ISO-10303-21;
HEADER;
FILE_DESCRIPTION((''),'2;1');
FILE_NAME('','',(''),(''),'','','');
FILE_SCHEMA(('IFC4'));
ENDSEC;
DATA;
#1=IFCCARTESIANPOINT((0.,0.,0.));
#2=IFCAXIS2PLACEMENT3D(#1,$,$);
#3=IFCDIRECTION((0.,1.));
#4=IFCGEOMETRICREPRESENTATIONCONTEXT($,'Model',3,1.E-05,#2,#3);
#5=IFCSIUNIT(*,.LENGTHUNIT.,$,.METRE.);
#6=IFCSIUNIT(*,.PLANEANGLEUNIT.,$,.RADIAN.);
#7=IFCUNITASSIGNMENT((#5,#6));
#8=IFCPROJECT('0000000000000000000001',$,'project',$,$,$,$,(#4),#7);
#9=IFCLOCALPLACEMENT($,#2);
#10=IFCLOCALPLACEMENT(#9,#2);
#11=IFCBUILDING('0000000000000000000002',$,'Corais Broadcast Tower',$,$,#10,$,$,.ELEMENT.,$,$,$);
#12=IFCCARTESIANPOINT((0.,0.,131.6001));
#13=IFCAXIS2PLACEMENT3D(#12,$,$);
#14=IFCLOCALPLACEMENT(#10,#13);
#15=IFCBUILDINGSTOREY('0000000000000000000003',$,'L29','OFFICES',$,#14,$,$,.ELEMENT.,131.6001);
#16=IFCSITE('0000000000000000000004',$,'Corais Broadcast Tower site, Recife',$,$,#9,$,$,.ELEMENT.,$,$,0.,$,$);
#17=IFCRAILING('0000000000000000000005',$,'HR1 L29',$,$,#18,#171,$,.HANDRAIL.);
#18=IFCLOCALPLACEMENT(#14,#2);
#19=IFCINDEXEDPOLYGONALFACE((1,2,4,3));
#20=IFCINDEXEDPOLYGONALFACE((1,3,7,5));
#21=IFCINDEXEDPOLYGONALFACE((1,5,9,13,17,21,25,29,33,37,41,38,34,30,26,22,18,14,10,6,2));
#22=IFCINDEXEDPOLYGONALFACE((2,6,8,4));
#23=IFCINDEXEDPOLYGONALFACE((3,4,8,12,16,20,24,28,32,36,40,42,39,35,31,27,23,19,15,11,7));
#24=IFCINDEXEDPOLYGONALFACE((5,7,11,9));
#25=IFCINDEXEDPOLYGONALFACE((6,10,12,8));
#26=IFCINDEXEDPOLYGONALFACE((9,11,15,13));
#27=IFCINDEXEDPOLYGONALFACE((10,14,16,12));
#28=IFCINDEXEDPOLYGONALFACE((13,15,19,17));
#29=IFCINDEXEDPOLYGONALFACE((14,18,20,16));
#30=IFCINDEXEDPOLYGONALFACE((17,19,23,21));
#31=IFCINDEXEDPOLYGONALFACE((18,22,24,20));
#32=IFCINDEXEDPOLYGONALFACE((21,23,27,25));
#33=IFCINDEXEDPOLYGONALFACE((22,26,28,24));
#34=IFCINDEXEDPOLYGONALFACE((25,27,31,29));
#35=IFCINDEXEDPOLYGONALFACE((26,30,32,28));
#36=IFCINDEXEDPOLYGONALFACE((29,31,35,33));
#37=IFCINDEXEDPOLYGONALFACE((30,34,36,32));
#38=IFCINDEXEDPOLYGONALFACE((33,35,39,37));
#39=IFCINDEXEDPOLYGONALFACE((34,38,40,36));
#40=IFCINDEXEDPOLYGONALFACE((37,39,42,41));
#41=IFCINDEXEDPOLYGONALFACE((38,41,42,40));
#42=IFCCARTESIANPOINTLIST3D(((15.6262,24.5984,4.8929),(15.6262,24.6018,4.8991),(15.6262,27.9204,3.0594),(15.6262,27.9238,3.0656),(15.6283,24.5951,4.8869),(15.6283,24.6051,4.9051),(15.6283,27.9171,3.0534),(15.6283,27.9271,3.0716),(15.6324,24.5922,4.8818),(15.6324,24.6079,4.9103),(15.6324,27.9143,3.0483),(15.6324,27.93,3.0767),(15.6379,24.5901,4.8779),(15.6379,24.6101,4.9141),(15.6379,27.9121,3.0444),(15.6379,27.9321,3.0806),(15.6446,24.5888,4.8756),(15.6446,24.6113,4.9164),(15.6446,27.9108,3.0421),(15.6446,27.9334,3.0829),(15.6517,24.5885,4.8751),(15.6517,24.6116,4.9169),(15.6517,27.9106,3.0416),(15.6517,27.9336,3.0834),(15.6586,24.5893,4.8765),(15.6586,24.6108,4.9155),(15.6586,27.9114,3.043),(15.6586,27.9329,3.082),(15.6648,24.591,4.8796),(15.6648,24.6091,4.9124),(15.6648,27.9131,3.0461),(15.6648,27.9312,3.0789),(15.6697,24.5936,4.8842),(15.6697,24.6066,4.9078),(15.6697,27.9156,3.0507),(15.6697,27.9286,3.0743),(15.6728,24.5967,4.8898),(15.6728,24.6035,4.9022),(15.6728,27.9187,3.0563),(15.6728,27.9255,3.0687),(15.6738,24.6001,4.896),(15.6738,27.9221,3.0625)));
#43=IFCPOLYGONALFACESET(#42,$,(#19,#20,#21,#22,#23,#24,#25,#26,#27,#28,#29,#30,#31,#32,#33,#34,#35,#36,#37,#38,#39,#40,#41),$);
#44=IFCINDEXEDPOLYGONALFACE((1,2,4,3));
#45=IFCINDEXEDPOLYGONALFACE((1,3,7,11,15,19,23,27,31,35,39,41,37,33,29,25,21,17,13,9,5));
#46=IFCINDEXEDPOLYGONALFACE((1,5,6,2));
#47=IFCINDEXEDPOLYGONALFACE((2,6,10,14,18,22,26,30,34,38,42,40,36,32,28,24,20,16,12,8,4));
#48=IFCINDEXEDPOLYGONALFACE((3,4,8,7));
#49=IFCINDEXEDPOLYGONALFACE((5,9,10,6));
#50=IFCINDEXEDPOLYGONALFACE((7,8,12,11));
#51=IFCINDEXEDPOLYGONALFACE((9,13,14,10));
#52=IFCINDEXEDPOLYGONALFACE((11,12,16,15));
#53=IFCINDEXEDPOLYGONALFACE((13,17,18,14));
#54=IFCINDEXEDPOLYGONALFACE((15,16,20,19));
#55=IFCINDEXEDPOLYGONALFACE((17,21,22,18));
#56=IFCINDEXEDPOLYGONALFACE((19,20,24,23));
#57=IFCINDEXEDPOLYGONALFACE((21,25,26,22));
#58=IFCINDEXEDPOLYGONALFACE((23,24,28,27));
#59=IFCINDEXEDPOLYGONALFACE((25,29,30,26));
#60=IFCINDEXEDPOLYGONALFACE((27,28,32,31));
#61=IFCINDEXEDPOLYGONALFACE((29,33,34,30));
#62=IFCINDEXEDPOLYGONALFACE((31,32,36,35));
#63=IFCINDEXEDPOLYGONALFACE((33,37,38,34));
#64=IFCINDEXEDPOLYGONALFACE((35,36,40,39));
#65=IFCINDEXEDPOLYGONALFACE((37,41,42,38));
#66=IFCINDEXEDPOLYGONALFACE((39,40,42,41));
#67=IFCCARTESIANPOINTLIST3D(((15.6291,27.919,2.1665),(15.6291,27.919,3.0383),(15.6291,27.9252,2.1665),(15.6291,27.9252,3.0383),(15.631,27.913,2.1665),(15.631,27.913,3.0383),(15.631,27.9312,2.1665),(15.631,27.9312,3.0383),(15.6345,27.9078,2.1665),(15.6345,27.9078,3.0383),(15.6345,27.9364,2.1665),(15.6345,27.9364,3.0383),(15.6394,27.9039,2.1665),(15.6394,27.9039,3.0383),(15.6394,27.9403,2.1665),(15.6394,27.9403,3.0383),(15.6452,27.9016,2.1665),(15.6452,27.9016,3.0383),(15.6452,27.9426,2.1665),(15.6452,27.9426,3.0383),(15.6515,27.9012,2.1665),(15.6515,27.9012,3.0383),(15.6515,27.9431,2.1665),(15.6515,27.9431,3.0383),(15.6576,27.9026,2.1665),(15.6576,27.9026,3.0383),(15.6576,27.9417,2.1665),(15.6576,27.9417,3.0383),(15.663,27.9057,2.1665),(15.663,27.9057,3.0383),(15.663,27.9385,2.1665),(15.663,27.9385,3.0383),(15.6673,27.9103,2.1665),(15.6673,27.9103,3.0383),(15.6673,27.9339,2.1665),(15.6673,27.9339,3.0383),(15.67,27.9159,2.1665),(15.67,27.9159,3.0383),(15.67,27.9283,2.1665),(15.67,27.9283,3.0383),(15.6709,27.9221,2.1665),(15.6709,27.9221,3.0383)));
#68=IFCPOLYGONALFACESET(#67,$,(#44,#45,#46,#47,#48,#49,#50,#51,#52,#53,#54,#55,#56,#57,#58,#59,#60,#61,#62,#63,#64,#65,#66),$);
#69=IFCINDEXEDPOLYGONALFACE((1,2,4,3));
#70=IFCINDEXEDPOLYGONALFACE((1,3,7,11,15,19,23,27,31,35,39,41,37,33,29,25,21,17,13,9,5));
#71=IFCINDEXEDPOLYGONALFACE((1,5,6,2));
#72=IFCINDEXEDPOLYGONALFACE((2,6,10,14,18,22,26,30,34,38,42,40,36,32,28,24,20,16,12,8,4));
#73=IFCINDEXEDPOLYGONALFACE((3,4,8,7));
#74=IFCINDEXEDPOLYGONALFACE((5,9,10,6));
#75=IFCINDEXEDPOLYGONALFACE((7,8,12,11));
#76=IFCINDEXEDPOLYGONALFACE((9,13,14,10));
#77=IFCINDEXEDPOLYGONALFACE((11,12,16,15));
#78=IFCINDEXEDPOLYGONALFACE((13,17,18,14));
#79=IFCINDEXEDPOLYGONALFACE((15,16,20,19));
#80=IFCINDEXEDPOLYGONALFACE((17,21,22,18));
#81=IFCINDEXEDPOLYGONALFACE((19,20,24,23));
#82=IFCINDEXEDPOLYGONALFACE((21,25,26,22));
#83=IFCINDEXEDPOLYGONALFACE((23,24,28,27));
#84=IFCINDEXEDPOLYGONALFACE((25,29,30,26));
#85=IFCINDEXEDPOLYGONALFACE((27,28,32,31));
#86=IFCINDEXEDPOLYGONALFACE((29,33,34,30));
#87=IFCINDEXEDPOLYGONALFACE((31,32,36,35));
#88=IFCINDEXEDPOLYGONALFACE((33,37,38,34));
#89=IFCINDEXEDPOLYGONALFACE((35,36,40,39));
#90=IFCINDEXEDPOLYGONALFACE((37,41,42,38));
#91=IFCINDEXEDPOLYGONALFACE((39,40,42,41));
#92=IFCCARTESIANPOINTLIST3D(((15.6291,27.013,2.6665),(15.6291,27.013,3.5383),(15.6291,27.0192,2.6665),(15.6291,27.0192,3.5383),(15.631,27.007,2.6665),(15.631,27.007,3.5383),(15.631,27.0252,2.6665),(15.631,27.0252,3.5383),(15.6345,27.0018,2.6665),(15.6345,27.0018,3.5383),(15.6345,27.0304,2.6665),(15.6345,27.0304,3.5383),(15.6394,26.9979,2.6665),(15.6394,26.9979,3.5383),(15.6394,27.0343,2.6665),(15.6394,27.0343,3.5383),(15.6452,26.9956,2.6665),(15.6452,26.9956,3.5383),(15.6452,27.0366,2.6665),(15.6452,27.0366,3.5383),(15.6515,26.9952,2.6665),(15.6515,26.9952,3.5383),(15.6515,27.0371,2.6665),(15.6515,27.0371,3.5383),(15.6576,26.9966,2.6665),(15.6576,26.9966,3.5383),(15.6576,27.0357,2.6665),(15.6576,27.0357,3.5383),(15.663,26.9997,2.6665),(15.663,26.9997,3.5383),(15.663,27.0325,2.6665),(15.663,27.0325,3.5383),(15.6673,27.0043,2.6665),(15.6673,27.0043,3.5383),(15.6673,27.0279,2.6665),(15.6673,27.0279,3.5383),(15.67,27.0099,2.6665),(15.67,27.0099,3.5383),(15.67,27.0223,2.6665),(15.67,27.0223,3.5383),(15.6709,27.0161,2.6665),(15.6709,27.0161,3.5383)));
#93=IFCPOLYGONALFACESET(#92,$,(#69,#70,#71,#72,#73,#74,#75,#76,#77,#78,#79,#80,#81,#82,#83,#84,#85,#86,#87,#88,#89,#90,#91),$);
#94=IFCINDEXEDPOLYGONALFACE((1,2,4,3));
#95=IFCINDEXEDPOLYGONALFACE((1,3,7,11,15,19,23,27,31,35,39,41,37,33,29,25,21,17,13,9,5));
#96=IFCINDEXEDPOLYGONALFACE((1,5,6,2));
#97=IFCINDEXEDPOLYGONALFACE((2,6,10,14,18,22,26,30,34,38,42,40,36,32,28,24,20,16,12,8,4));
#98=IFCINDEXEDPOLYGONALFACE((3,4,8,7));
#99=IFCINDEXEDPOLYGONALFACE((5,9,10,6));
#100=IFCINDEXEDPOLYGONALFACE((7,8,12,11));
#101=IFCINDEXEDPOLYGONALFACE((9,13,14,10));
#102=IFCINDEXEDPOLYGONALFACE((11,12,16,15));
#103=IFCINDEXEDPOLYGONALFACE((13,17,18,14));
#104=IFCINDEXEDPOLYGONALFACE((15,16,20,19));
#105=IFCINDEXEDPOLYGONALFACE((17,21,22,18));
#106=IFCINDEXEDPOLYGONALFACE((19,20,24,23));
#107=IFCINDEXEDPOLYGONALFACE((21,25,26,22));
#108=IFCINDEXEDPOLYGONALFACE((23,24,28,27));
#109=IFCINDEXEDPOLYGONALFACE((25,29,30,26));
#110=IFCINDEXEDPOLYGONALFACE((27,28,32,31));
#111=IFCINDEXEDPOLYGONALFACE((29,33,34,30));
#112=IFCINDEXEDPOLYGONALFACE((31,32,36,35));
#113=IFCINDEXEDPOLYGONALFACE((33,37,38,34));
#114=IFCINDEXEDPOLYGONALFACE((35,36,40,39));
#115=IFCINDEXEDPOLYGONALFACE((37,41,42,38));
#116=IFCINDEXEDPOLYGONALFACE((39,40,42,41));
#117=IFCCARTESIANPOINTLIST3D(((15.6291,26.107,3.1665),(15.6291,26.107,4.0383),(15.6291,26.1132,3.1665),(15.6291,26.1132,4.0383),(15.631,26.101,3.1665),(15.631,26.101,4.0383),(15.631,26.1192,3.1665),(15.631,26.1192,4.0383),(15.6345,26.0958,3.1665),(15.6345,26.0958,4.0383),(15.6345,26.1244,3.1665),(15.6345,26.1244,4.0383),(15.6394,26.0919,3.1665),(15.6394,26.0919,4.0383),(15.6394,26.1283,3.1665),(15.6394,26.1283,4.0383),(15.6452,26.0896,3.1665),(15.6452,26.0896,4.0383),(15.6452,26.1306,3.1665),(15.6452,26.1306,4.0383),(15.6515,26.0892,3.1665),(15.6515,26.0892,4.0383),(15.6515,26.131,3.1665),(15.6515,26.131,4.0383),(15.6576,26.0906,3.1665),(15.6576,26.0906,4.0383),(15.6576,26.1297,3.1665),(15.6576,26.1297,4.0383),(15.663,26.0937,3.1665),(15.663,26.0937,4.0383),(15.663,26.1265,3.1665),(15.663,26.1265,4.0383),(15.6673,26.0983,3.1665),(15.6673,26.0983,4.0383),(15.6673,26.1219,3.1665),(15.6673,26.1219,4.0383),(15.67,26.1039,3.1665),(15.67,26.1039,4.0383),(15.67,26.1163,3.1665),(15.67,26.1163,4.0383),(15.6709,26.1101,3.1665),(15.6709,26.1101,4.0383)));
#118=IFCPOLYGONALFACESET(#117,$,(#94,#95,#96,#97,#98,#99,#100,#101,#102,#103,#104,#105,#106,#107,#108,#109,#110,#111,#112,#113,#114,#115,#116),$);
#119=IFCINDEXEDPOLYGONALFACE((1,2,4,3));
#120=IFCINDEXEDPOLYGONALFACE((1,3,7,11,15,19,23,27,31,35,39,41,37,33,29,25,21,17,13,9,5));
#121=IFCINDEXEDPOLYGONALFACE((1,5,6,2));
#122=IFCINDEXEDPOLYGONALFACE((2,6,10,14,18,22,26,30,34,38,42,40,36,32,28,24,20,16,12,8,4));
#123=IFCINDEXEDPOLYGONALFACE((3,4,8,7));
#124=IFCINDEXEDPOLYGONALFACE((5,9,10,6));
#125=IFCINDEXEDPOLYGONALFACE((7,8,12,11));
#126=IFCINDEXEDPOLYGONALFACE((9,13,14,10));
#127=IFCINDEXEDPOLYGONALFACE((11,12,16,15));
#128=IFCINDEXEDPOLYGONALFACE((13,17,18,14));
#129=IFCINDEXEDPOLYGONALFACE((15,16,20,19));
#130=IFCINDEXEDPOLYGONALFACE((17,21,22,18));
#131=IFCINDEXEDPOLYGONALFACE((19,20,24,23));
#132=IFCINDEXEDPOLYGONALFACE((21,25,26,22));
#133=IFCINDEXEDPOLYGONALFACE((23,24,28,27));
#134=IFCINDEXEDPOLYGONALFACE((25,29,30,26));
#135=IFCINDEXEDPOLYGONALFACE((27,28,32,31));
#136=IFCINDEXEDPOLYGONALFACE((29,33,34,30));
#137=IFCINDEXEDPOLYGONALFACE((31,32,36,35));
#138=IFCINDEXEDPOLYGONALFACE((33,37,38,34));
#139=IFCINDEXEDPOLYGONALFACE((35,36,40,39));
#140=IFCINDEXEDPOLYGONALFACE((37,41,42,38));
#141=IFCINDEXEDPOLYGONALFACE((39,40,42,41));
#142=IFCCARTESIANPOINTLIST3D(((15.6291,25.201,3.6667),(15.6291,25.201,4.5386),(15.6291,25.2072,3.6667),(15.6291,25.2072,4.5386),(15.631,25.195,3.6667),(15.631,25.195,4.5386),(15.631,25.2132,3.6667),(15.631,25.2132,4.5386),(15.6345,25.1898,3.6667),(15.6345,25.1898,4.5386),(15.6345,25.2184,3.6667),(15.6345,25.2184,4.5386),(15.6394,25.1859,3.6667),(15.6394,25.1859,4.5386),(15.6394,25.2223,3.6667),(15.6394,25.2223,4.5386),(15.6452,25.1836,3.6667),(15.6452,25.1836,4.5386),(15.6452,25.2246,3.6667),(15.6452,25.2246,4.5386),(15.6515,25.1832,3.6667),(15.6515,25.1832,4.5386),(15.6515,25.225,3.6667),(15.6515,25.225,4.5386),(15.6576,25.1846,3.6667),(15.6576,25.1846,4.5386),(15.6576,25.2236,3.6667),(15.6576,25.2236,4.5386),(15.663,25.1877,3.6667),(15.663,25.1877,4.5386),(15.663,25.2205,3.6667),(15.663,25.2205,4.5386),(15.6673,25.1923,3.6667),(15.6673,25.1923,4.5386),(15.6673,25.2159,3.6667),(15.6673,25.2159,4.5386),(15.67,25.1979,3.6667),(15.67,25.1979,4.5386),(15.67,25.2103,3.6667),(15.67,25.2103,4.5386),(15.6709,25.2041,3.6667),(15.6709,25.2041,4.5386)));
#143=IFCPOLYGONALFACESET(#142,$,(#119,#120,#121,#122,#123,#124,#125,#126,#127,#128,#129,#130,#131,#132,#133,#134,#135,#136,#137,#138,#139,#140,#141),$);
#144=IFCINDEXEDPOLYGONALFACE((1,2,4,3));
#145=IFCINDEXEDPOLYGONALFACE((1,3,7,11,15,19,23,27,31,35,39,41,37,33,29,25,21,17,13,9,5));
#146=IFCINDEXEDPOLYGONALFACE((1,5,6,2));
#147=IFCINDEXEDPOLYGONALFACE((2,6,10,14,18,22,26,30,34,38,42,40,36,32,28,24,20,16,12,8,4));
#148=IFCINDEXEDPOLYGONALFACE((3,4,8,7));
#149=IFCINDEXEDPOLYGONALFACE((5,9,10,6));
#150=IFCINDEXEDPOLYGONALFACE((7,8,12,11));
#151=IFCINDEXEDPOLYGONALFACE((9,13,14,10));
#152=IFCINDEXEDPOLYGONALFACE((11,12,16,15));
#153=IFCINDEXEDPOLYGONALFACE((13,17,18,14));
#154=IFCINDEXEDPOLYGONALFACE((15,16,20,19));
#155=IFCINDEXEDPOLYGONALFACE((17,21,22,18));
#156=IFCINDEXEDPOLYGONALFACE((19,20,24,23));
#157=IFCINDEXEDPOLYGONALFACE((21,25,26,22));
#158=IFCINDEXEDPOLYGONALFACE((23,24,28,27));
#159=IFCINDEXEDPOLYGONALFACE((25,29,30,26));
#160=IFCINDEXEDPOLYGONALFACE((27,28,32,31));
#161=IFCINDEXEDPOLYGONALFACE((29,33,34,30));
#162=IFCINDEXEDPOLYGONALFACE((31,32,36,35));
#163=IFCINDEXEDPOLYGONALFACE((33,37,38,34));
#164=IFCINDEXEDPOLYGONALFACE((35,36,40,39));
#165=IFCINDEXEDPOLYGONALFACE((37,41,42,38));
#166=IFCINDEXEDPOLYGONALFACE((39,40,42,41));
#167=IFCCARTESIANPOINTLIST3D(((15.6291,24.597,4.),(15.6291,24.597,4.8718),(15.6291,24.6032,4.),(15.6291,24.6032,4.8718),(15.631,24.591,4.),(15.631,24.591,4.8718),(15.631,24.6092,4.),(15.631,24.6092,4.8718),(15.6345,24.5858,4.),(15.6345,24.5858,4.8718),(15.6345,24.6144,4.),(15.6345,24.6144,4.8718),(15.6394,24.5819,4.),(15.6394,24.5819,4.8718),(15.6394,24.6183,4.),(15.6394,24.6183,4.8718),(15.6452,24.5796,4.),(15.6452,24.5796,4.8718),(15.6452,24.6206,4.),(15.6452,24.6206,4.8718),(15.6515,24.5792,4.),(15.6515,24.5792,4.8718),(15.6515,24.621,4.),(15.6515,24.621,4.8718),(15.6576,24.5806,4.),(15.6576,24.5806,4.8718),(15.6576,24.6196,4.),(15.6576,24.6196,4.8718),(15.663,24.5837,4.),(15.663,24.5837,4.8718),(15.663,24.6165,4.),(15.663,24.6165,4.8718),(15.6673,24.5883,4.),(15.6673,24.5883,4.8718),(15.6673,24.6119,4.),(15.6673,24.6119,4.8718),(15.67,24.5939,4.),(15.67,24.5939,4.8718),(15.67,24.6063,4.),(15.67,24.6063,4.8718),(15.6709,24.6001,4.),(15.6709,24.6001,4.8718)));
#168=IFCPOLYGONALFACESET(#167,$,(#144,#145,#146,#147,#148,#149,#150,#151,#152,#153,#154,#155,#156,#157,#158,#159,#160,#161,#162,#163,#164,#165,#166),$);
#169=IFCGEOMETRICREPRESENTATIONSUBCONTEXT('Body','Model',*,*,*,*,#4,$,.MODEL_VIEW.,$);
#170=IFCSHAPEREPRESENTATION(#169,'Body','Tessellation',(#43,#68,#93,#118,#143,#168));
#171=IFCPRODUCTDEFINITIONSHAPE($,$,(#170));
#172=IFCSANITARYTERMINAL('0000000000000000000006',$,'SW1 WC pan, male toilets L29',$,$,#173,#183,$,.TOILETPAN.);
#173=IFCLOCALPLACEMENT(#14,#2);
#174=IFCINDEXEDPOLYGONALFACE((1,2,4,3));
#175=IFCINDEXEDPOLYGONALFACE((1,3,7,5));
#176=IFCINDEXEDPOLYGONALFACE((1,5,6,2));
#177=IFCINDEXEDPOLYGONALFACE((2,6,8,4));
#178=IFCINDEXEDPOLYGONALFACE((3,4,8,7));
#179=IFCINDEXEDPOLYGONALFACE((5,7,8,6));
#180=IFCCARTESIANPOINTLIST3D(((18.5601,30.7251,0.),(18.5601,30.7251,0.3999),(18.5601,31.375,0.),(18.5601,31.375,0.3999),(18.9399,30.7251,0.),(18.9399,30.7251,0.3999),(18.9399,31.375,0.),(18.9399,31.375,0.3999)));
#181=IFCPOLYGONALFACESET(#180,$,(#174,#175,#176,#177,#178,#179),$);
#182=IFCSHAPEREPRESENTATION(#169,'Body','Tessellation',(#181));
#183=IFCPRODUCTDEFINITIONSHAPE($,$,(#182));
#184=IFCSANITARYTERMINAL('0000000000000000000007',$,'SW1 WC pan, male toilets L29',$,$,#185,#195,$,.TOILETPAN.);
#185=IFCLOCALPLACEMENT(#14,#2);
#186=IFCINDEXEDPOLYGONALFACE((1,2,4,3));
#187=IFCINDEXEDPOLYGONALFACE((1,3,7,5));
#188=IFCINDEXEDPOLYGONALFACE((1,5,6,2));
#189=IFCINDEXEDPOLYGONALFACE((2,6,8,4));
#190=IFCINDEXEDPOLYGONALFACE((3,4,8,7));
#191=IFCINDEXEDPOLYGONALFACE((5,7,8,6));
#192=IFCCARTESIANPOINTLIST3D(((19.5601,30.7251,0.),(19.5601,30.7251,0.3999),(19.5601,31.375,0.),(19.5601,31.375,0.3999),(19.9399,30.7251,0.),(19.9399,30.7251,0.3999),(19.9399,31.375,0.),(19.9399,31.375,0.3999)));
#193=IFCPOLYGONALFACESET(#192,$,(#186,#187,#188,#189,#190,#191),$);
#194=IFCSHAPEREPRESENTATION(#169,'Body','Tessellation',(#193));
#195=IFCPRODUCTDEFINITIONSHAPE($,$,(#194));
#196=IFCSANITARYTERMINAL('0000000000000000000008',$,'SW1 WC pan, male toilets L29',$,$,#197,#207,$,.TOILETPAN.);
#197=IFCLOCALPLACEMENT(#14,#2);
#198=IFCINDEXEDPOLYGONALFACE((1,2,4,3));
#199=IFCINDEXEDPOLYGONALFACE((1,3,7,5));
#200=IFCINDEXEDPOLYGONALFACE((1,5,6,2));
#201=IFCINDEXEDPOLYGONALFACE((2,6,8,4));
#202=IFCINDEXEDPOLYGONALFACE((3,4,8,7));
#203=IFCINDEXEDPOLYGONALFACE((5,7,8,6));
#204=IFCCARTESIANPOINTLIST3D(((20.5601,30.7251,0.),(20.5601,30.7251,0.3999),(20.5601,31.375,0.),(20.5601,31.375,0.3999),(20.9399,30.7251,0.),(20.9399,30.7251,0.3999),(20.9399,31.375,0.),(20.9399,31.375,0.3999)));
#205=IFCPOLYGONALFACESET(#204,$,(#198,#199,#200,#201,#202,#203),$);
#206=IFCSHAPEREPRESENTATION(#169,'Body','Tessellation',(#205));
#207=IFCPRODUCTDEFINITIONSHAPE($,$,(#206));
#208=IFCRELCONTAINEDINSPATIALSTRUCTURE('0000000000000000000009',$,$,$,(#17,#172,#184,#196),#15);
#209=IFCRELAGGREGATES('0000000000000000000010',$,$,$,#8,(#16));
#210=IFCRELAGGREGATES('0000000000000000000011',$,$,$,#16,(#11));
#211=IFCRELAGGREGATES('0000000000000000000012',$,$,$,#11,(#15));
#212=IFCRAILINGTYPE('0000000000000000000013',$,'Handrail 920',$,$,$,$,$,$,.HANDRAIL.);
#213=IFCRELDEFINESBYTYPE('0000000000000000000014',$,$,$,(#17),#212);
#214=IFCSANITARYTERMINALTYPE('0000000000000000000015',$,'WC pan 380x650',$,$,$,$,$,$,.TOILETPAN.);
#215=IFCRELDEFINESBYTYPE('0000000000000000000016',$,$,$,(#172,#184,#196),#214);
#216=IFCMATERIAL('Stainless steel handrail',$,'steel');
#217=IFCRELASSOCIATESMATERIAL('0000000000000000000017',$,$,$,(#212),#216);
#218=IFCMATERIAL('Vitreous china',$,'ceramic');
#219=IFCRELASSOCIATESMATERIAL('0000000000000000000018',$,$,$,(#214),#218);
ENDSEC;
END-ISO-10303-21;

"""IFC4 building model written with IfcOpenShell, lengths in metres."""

from ifc_helpers import new_model, si_unit, direction, frame, origin, origin_2d, place, context, subcontext, project, spatial, rectangle, circle, extrude, material, type_object, element, save


model = new_model("IFC4")

# Units and contexts
model_context = context("Model", 3, precision=1e-05, world=origin(), true_north=direction((0.0, 1.0)))
body_context = subcontext(model_context, "Body", "Model", "MODEL_VIEW")
ifc_project = project(units=[si_unit("LENGTHUNIT", "METRE"), si_unit("PLANEANGLEUNIT", "RADIAN")], contexts=[model_context])

# Site, building, storey
site_placement = place(None, origin())
site = spatial("IfcSite", under=ifc_project, at=site_placement, Name="Corais Broadcast Tower site, Recife", CompositionType="ELEMENT", RefElevation=0.0)
building_placement = place(site_placement, origin())
building = spatial("IfcBuilding", under=site, at=building_placement, Name="Corais Broadcast Tower", CompositionType="ELEMENT")
storey_placement = place(building_placement, frame((0.0, 0.0, 131.6001)))
storey = spatial("IfcBuildingStorey", under=building, at=storey_placement, Name="L29", Description="OFFICES", CompositionType="ELEMENT", Elevation=131.6001)

# Railing
ifc_material_1 = material(Name="Stainless steel handrail", Category="steel")
railing_type = type_object("IfcRailingType", Name="Handrail 920", PredefinedType="HANDRAIL", material=ifc_material_1)
for number, where, name in (
    (1, (15.6499, 27.9221, 2.1665), "HR1 L29"),
):
    element("IfcRailing", number, at=place(storey_placement, frame(where)), inside=storey, type_object=railing_type, Name=name, PredefinedType="HANDRAIL", context=body_context, shape_type="SweptSolid", body=[
        extrude(circle(Radius=0.0239, at=origin_2d()), frame((0.0, 0.0, 0.896), z_axis=(0.0, -0.875504, 0.48321), x_axis=(1.0, 0.0, 0.0)), (0.0, 0.0, 1.0), 3.7944),
        extrude(circle(Radius=0.021, at=origin_2d()), origin(), (0.0, 0.0, 1.0), 0.8718),
        extrude(circle(Radius=0.021, at=origin_2d()), frame((0.0, -0.906, 0.5)), (0.0, 0.0, 1.0), 0.8718),
        extrude(circle(Radius=0.021, at=origin_2d()), frame((0.0, -1.812, 1.0)), (0.0, 0.0, 1.0), 0.8718),
        extrude(circle(Radius=0.021, at=origin_2d()), frame((0.0, -2.718, 1.5002)), (0.0, 0.0, 1.0), 0.8718),
        extrude(circle(Radius=0.021, at=origin_2d()), frame((0.0, -3.322, 1.8335)), (0.0, 0.0, 1.0), 0.8718),
    ])

# Sanitary terminals
ifc_material_2 = material(Name="Vitreous china", Category="ceramic")
sanitary_terminal_type = type_object("IfcSanitaryTerminalType", Name="WC pan 380x650", PredefinedType="TOILETPAN", material=ifc_material_2)
for number, where, z_axis, x_axis, name in (
    (2, (18.75, 31.05, 0.0), (0.0, 0.0, 1.0), (1.0, 0.0, 0.0), "SW1 WC pan, male toilets L29"),
    (3, (19.75, 31.05, 0.0), (0.0, 0.0, 1.0), (1.0, 0.0, 0.0), "SW1 WC pan, male toilets L29"),
    (4, (20.75, 31.05, 0.0), (0.0, 0.0, 1.0), (1.0, 0.0, 0.0), "SW1 WC pan, male toilets L29"),
):
    element("IfcSanitaryTerminal", number, at=place(storey_placement, frame(where, z_axis=z_axis, x_axis=x_axis)), inside=storey, type_object=sanitary_terminal_type, Name=name, PredefinedType="TOILETPAN", context=body_context, shape_type="SweptSolid", body=[
        extrude(rectangle(XDim=0.3799, YDim=0.6499, at=origin_2d()), origin(), (0.0, 0.0, 1.0), 0.3999),
    ])

save(model, "model.ifc")
